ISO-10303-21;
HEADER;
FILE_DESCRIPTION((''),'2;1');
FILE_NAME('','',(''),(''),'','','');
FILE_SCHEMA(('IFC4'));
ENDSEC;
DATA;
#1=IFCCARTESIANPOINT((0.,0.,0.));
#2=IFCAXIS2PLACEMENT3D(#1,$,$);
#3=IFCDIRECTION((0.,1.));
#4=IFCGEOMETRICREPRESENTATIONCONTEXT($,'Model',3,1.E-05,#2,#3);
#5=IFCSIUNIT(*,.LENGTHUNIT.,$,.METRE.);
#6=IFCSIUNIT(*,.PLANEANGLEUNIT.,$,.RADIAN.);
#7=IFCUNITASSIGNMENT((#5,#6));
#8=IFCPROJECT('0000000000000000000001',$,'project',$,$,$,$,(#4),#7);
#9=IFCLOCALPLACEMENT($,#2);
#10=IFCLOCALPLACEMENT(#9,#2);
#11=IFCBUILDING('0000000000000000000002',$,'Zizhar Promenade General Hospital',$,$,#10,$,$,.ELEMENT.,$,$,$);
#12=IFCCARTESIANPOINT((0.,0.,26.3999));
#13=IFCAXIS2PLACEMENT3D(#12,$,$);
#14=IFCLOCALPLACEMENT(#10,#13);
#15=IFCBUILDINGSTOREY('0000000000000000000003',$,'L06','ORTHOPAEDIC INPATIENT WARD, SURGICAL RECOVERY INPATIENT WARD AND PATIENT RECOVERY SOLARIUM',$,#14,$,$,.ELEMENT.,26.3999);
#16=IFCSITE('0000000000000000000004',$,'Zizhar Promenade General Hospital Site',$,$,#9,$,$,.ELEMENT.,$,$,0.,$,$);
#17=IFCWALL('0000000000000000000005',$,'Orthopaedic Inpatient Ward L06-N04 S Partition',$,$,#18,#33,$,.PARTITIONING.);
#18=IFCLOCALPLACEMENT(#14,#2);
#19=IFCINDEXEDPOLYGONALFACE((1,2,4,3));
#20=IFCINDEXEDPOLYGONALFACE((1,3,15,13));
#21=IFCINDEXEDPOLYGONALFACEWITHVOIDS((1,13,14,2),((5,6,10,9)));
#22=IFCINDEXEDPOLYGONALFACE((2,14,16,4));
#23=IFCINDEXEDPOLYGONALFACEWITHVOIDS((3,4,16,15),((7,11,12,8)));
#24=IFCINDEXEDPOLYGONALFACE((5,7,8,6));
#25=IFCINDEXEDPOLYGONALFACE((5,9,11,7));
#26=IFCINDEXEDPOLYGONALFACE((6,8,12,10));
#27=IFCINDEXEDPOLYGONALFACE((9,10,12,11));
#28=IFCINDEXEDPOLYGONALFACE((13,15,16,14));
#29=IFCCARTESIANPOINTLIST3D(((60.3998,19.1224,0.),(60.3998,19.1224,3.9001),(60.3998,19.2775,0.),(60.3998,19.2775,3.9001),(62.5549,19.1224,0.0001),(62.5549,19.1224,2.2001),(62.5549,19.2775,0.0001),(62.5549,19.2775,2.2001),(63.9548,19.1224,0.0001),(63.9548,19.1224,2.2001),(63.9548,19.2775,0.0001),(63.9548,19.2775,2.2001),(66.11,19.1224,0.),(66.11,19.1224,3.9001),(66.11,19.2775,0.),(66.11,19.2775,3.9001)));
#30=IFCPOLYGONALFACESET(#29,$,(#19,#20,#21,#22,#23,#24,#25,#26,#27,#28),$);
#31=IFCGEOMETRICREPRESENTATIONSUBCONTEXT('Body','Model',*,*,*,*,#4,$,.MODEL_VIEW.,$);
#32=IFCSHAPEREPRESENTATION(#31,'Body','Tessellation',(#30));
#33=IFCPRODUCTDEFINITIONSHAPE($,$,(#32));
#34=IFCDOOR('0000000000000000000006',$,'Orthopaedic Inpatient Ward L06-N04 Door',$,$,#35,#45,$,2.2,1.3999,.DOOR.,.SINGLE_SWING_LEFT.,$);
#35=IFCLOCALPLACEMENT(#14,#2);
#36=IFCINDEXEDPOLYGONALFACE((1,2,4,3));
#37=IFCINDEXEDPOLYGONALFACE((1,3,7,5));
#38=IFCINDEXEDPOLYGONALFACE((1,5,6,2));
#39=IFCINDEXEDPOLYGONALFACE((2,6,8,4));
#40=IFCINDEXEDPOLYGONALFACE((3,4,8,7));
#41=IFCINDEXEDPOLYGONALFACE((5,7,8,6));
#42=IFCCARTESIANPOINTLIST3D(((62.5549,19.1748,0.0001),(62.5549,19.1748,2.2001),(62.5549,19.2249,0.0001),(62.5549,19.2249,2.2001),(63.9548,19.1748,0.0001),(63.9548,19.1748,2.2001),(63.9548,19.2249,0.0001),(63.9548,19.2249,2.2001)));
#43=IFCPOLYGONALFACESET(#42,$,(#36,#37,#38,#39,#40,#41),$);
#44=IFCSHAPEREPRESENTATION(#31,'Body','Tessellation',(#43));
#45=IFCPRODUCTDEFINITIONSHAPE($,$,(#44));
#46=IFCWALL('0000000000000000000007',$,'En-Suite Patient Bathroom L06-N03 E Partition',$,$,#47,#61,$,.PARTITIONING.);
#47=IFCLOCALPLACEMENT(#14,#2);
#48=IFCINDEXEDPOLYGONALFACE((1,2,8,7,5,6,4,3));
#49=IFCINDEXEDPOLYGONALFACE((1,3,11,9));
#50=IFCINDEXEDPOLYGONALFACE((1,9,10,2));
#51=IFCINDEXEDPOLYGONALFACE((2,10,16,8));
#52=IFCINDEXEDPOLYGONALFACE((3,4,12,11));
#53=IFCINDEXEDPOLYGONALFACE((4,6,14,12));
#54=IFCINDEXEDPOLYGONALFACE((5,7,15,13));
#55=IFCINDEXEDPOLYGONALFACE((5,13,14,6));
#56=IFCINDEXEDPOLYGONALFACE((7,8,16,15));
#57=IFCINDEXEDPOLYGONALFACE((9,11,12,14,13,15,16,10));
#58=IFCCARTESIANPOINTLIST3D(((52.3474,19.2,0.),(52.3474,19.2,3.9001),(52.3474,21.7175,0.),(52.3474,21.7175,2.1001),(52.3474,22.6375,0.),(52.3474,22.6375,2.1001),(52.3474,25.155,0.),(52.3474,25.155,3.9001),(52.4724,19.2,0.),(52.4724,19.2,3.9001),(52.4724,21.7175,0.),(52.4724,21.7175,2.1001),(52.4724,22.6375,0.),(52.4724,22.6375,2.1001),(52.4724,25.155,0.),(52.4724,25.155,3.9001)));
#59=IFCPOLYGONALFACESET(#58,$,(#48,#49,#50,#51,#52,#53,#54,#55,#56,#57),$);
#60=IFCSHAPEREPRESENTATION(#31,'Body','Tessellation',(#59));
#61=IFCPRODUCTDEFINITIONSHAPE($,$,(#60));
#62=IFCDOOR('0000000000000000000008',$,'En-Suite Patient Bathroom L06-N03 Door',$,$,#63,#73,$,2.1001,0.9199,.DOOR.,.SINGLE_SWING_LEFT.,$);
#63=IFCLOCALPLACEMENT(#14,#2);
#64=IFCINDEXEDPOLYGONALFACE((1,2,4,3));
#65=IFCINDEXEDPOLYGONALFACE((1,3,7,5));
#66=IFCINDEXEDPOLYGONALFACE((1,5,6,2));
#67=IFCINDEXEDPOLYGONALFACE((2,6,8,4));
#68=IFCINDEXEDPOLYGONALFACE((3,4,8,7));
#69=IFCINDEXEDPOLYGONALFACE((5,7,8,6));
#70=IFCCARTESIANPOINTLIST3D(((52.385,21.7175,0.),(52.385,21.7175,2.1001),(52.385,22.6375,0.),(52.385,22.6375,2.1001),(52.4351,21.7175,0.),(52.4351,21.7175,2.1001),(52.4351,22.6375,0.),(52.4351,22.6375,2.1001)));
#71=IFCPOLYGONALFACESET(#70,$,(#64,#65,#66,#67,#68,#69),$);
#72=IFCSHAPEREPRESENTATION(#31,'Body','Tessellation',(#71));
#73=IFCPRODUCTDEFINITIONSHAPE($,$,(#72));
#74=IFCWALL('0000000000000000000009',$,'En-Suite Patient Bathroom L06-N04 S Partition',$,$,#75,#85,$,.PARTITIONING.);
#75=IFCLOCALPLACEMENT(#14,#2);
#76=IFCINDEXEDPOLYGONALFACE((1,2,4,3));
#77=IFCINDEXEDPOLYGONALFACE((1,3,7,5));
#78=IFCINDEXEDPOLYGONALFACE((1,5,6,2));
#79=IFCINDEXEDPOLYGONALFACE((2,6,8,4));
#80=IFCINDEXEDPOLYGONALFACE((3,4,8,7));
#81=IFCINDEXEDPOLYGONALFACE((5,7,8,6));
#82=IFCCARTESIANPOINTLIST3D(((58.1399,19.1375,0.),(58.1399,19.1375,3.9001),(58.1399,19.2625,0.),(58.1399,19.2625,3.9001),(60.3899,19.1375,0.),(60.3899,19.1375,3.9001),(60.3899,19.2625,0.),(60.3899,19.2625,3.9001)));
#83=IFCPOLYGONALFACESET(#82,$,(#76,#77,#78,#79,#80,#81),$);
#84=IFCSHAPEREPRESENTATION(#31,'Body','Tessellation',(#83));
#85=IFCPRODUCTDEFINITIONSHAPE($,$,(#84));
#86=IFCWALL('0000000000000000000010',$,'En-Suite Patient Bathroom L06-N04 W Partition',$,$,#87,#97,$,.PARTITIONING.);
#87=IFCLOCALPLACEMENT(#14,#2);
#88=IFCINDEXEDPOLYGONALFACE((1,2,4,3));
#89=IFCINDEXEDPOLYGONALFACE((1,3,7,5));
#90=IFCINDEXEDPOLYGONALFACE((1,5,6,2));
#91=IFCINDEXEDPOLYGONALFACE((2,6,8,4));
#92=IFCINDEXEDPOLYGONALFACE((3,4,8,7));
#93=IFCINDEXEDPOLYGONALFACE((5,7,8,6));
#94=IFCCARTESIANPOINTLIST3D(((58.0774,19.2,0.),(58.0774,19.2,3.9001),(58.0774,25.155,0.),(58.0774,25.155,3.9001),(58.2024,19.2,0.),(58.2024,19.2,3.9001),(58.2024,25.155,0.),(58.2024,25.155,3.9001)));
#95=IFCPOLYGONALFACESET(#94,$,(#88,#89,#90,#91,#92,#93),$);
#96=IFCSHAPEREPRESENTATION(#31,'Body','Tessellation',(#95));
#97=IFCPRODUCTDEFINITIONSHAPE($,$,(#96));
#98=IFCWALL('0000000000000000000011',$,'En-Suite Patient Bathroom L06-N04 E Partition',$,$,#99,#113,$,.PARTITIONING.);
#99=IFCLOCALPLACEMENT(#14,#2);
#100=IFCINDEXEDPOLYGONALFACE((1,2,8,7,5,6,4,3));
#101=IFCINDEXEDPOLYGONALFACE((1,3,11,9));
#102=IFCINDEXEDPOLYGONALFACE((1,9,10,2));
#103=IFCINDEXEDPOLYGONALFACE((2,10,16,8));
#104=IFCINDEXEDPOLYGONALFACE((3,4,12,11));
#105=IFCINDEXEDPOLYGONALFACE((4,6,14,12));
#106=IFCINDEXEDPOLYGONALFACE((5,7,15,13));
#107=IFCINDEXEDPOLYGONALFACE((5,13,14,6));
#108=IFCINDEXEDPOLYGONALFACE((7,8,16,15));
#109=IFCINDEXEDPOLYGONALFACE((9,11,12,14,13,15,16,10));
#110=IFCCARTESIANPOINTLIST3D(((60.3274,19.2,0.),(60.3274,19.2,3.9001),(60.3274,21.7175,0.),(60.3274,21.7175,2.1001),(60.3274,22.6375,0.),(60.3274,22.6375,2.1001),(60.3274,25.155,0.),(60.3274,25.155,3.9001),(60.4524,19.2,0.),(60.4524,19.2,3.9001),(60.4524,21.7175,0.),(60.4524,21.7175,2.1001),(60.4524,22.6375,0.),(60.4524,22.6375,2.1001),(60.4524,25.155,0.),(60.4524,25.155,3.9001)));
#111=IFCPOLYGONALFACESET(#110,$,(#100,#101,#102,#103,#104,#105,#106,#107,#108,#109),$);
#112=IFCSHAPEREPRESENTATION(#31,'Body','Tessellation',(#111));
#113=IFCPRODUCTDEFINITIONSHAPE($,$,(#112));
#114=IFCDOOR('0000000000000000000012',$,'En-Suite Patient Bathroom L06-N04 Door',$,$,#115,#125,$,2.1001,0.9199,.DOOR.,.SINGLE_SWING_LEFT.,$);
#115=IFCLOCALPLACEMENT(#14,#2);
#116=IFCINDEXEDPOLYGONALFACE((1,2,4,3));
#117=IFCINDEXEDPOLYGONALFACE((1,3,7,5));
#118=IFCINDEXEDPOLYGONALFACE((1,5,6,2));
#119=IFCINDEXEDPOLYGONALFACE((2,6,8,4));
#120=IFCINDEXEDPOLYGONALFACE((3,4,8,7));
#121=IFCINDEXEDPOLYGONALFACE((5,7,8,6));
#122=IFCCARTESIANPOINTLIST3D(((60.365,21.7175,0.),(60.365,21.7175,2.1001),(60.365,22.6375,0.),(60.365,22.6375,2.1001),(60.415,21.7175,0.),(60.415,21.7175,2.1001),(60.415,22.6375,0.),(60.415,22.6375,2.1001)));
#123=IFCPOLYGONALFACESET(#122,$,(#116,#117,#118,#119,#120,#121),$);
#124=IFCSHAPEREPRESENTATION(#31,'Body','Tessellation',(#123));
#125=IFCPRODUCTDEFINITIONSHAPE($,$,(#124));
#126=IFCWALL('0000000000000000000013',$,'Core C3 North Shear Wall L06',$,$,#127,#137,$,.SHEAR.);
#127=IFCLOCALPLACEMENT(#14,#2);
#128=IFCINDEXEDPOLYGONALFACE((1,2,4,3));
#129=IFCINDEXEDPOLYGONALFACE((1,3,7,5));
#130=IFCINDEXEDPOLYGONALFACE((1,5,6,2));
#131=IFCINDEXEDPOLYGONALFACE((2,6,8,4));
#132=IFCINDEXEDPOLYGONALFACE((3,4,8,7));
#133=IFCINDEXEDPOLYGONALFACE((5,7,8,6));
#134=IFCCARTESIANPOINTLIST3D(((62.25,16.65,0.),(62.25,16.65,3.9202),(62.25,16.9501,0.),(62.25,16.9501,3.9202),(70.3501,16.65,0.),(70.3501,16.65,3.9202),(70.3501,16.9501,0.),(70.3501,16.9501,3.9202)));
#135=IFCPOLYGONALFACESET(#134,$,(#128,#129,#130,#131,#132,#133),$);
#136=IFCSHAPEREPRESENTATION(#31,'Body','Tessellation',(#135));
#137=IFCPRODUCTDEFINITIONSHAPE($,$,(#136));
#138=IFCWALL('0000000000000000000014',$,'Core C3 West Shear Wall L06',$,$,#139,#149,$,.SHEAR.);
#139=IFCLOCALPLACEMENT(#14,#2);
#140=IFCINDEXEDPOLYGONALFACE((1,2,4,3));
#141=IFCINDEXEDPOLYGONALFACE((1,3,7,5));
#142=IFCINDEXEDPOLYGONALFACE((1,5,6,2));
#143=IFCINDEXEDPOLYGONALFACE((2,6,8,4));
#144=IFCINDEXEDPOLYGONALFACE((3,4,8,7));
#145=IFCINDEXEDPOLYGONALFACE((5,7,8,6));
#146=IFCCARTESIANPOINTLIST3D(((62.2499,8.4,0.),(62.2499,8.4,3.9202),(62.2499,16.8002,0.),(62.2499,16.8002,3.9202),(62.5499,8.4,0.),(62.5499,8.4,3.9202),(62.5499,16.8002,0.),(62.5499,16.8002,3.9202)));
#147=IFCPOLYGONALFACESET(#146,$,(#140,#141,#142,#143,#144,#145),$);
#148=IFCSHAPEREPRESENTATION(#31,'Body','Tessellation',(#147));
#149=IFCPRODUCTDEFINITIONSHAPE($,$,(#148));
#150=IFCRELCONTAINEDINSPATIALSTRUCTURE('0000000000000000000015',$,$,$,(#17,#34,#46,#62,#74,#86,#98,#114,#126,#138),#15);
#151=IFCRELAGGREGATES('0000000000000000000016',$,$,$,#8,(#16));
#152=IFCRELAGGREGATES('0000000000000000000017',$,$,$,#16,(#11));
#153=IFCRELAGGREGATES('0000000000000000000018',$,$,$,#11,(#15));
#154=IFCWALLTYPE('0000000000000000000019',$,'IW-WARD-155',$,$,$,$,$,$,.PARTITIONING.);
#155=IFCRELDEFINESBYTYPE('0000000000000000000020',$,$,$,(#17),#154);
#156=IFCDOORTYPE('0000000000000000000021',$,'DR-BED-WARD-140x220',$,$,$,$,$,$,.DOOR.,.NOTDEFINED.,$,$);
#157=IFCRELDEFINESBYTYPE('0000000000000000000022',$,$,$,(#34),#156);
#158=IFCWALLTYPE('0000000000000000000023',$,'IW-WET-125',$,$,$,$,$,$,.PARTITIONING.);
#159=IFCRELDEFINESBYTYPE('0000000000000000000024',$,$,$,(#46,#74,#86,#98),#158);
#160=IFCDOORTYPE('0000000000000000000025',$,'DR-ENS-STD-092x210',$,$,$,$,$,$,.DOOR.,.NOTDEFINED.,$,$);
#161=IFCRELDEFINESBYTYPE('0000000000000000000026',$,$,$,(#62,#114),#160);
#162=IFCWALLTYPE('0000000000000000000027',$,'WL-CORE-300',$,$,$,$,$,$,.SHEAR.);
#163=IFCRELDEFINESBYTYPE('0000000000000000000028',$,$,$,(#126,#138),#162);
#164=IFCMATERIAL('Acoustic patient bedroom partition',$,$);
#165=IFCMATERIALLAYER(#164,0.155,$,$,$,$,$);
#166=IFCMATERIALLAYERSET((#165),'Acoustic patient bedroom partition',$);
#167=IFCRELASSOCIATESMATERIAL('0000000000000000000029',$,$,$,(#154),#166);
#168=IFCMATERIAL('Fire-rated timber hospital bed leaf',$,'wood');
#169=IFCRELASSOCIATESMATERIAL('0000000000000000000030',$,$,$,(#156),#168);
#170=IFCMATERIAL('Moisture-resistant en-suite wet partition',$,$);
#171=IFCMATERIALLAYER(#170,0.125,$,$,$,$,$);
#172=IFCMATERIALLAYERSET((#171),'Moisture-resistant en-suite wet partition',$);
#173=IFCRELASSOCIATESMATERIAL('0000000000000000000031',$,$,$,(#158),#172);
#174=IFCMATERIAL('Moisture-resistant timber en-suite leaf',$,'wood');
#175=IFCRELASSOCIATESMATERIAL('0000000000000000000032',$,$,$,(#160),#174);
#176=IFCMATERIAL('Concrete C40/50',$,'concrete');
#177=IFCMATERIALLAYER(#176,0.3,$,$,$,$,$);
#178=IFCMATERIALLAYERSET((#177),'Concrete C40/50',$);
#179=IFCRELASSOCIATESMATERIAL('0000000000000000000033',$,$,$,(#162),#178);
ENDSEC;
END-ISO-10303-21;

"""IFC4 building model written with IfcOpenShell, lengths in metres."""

from ifc_helpers import new_model, si_unit, direction, frame, frame_2d, origin, place, context, subcontext, project, spatial, rectangle, extrude, material, layer, layer_set, type_object, element, fill, save


model = new_model("IFC4")

# Units and contexts
model_context = context("Model", 3, precision=1e-05, world=origin(), true_north=direction((0.0, 1.0)))
body_context = subcontext(model_context, "Body", "Model", "MODEL_VIEW")
ifc_project = project(units=[si_unit("LENGTHUNIT", "METRE"), si_unit("PLANEANGLEUNIT", "RADIAN")], contexts=[model_context])

# Site, building, storey
site_placement = place(None, origin())
site = spatial("IfcSite", under=ifc_project, at=site_placement, Name="Zizhar Promenade General Hospital Site", CompositionType="ELEMENT", RefElevation=0.0)
building_placement = place(site_placement, origin())
building = spatial("IfcBuilding", under=site, at=building_placement, Name="Zizhar Promenade General Hospital", CompositionType="ELEMENT")
storey_placement = place(building_placement, frame((0.0, 0.0, 26.3999)))
storey = spatial("IfcBuildingStorey", under=building, at=storey_placement, Name="L06", Description="ORTHOPAEDIC INPATIENT WARD, SURGICAL RECOVERY INPATIENT WARD AND PATIENT RECOVERY SOLARIUM", CompositionType="ELEMENT", Elevation=26.3999)

# Walls, openings, doors
ifc_material_1 = material(Name="Acoustic patient bedroom partition")
ifc_layer_1 = layer(ifc_material_1, 0.155)
ifc_layer_set_1 = layer_set([ifc_layer_1], Name="Acoustic patient bedroom partition")
wall_type_1 = type_object("IfcWallType", Name="IW-WARD-155", PredefinedType="PARTITIONING", material=ifc_layer_set_1)
ifc_material_2 = material(Name="Fire-rated timber hospital bed leaf", Category="wood")
door_type_1 = type_object("IfcDoorType", Name="DR-BED-WARD-140x220", OperationType="NOTDEFINED", PredefinedType="DOOR", material=ifc_material_2)
wall_1_placement = place(storey_placement, frame((60.3999, 19.2, 0.0), z_axis=(0.0, 0.0, 1.0), x_axis=(1.0, 0.0, 0.0)))
wall_1 = element("IfcWall", 1, at=wall_1_placement, inside=storey, type_object=wall_type_1, Name="Orthopaedic Inpatient Ward L06-N04 S Partition", PredefinedType="PARTITIONING", context=body_context, shape_type="SweptSolid", body=[
    extrude(rectangle(XDim=5.7102, YDim=0.155, at=frame_2d((2.855, 0.0))), origin(), (0.0, 0.0, 1.0), 3.9001),
])
opening_1_placement = place(wall_1_placement, frame((2.155, 0.0, 0.0)))
opening_1 = element("IfcOpeningElement", 2, at=opening_1_placement, cuts=wall_1, PredefinedType="OPENING", context=body_context, shape_type="SweptSolid", body=[
    extrude(rectangle(XDim=1.3999, YDim=2.2, at=frame_2d((0.7, 1.1001))), frame((0.0, 0.0874, 0.0), z_axis=(0.0, -1.0, 0.0), x_axis=(1.0, 0.0, 0.0)), (0.0, 0.0, 1.0), 0.175),
])
door_1_placement = place(opening_1_placement, origin())
door_1 = element("IfcDoor", 3, at=door_1_placement, inside=storey, type_object=door_type_1, Name="Orthopaedic Inpatient Ward L06-N04 Door", OperationType="SINGLE_SWING_LEFT", OverallHeight=2.2, OverallWidth=1.3999, PredefinedType="DOOR", context=body_context, shape_type="SweptSolid", body=[
    extrude(rectangle(XDim=1.3999, YDim=2.2, at=frame_2d((0.7, 1.1001))), frame((0.0, 0.0249, 0.0), z_axis=(0.0, -1.0, 0.0), x_axis=(1.0, 0.0, 0.0)), (0.0, 0.0, 1.0), 0.05),
])
fill(opening_1, door_1)
ifc_material_3 = material(Name="Moisture-resistant en-suite wet partition")
ifc_layer_2 = layer(ifc_material_3, 0.125)
ifc_layer_set_2 = layer_set([ifc_layer_2], Name="Moisture-resistant en-suite wet partition")
wall_type_2 = type_object("IfcWallType", Name="IW-WET-125", PredefinedType="PARTITIONING", material=ifc_layer_set_2)
wall_2_placement = place(storey_placement, frame((52.4099, 19.2, 0.0), z_axis=(0.0, 0.0, 1.0), x_axis=(0.0, 1.0, 0.0)))
wall_2 = element("IfcWall", 4, at=wall_2_placement, inside=storey, type_object=wall_type_2, Name="En-Suite Patient Bathroom L06-N03 E Partition", PredefinedType="PARTITIONING", context=body_context, shape_type="SweptSolid", body=[
    extrude(rectangle(XDim=5.9551, YDim=0.125, at=frame_2d((2.9775, 0.0))), origin(), (0.0, 0.0, 1.0), 3.9001),
])
opening_2_placement = place(wall_2_placement, frame((2.5176, 0.0, 0.0)))
opening_2 = element("IfcOpeningElement", 5, at=opening_2_placement, cuts=wall_2, PredefinedType="OPENING", context=body_context, shape_type="SweptSolid", body=[
    extrude(rectangle(XDim=0.9199, YDim=2.1001, at=frame_2d((0.46, 1.05))), frame((0.0, 0.0725, 0.0), z_axis=(0.0, -1.0, 0.0), x_axis=(1.0, 0.0, 0.0)), (0.0, 0.0, 1.0), 0.145),
])
ifc_material_4 = material(Name="Moisture-resistant timber en-suite leaf", Category="wood")
door_type_2 = type_object("IfcDoorType", Name="DR-ENS-STD-092x210", OperationType="NOTDEFINED", PredefinedType="DOOR", material=ifc_material_4)
door_2_placement = place(opening_2_placement, origin())
door_2 = element("IfcDoor", 6, at=door_2_placement, inside=storey, type_object=door_type_2, Name="En-Suite Patient Bathroom L06-N03 Door", OperationType="SINGLE_SWING_LEFT", OverallHeight=2.1001, OverallWidth=0.9199, PredefinedType="DOOR", context=body_context, shape_type="SweptSolid", body=[
    extrude(rectangle(XDim=0.9199, YDim=2.1001, at=frame_2d((0.46, 1.05))), frame((0.0, 0.0249, 0.0), z_axis=(0.0, -1.0, 0.0), x_axis=(1.0, 0.0, 0.0)), (0.0, 0.0, 1.0), 0.05),
])
fill(opening_2, door_2)

# Walls
wall_3_placement = place(storey_placement, frame((58.1399, 19.2, 0.0), z_axis=(0.0, 0.0, 1.0), x_axis=(1.0, 0.0, 0.0)))
element("IfcWall", 7, at=wall_3_placement, inside=storey, type_object=wall_type_2, Name="En-Suite Patient Bathroom L06-N04 S Partition", PredefinedType="PARTITIONING", context=body_context, shape_type="SweptSolid", body=[
    extrude(rectangle(XDim=2.25, YDim=0.125, at=frame_2d((1.125, 0.0))), origin(), (0.0, 0.0, 1.0), 3.9001),
])
wall_4_placement = place(storey_placement, frame((58.1399, 19.2, 0.0), z_axis=(0.0, 0.0, 1.0), x_axis=(0.0, 1.0, 0.0)))
element("IfcWall", 8, at=wall_4_placement, inside=storey, type_object=wall_type_2, Name="En-Suite Patient Bathroom L06-N04 W Partition", PredefinedType="PARTITIONING", context=body_context, shape_type="SweptSolid", body=[
    extrude(rectangle(XDim=5.9551, YDim=0.125, at=frame_2d((2.9775, 0.0))), origin(), (0.0, 0.0, 1.0), 3.9001),
])

# Wall, opening, door
wall_5_placement = place(storey_placement, frame((60.3899, 19.2, 0.0), z_axis=(0.0, 0.0, 1.0), x_axis=(0.0, 1.0, 0.0)))
wall_5 = element("IfcWall", 9, at=wall_5_placement, inside=storey, type_object=wall_type_2, Name="En-Suite Patient Bathroom L06-N04 E Partition", PredefinedType="PARTITIONING", context=body_context, shape_type="SweptSolid", body=[
    extrude(rectangle(XDim=5.9551, YDim=0.125, at=frame_2d((2.9775, 0.0))), origin(), (0.0, 0.0, 1.0), 3.9001),
])
opening_3_placement = place(wall_5_placement, frame((2.5176, 0.0, 0.0)))
opening_3 = element("IfcOpeningElement", 10, at=opening_3_placement, cuts=wall_5, PredefinedType="OPENING", context=body_context, shape_type="SweptSolid", body=[
    extrude(rectangle(XDim=0.9199, YDim=2.1001, at=frame_2d((0.46, 1.05))), frame((0.0, 0.0725, 0.0), z_axis=(0.0, -1.0, 0.0), x_axis=(1.0, 0.0, 0.0)), (0.0, 0.0, 1.0), 0.145),
])
door_3_placement = place(opening_3_placement, origin())
door_3 = element("IfcDoor", 11, at=door_3_placement, inside=storey, type_object=door_type_2, Name="En-Suite Patient Bathroom L06-N04 Door", OperationType="SINGLE_SWING_LEFT", OverallHeight=2.1001, OverallWidth=0.9199, PredefinedType="DOOR", context=body_context, shape_type="SweptSolid", body=[
    extrude(rectangle(XDim=0.9199, YDim=2.1001, at=frame_2d((0.46, 1.05))), frame((0.0, 0.0249, 0.0), z_axis=(0.0, -1.0, 0.0), x_axis=(1.0, 0.0, 0.0)), (0.0, 0.0, 1.0), 0.05),
])
fill(opening_3, door_3)

# Walls
ifc_material_5 = material(Name="Concrete C40/50", Category="concrete")
ifc_layer_3 = layer(ifc_material_5, 0.3)
ifc_layer_set_3 = layer_set([ifc_layer_3], Name="Concrete C40/50")
wall_type_3 = type_object("IfcWallType", Name="WL-CORE-300", PredefinedType="SHEAR", material=ifc_layer_set_3)
wall_6_placement = place(storey_placement, frame((62.25, 16.8, 0.0), z_axis=(0.0, 0.0, 1.0), x_axis=(1.0, 0.0, 0.0)))
element("IfcWall", 12, at=wall_6_placement, inside=storey, type_object=wall_type_3, Name="Core C3 North Shear Wall L06", PredefinedType="SHEAR", context=body_context, shape_type="SweptSolid", body=[
    extrude(rectangle(XDim=8.1001, YDim=0.3, at=frame_2d((4.05, 0.0))), origin(), (0.0, 0.0, 1.0), 3.9202),
])
wall_7_placement = place(storey_placement, frame((62.3999, 8.3999, 0.0), z_axis=(0.0, 0.0, 1.0), x_axis=(0.0, 1.0, 0.0)))
element("IfcWall", 13, at=wall_7_placement, inside=storey, type_object=wall_type_3, Name="Core C3 West Shear Wall L06", PredefinedType="SHEAR", context=body_context, shape_type="SweptSolid", body=[
    extrude(rectangle(XDim=8.4001, YDim=0.3, at=frame_2d((4.2002, 0.0))), origin(), (0.0, 0.0, 1.0), 3.9202),
])

save(model, "model.ifc")
